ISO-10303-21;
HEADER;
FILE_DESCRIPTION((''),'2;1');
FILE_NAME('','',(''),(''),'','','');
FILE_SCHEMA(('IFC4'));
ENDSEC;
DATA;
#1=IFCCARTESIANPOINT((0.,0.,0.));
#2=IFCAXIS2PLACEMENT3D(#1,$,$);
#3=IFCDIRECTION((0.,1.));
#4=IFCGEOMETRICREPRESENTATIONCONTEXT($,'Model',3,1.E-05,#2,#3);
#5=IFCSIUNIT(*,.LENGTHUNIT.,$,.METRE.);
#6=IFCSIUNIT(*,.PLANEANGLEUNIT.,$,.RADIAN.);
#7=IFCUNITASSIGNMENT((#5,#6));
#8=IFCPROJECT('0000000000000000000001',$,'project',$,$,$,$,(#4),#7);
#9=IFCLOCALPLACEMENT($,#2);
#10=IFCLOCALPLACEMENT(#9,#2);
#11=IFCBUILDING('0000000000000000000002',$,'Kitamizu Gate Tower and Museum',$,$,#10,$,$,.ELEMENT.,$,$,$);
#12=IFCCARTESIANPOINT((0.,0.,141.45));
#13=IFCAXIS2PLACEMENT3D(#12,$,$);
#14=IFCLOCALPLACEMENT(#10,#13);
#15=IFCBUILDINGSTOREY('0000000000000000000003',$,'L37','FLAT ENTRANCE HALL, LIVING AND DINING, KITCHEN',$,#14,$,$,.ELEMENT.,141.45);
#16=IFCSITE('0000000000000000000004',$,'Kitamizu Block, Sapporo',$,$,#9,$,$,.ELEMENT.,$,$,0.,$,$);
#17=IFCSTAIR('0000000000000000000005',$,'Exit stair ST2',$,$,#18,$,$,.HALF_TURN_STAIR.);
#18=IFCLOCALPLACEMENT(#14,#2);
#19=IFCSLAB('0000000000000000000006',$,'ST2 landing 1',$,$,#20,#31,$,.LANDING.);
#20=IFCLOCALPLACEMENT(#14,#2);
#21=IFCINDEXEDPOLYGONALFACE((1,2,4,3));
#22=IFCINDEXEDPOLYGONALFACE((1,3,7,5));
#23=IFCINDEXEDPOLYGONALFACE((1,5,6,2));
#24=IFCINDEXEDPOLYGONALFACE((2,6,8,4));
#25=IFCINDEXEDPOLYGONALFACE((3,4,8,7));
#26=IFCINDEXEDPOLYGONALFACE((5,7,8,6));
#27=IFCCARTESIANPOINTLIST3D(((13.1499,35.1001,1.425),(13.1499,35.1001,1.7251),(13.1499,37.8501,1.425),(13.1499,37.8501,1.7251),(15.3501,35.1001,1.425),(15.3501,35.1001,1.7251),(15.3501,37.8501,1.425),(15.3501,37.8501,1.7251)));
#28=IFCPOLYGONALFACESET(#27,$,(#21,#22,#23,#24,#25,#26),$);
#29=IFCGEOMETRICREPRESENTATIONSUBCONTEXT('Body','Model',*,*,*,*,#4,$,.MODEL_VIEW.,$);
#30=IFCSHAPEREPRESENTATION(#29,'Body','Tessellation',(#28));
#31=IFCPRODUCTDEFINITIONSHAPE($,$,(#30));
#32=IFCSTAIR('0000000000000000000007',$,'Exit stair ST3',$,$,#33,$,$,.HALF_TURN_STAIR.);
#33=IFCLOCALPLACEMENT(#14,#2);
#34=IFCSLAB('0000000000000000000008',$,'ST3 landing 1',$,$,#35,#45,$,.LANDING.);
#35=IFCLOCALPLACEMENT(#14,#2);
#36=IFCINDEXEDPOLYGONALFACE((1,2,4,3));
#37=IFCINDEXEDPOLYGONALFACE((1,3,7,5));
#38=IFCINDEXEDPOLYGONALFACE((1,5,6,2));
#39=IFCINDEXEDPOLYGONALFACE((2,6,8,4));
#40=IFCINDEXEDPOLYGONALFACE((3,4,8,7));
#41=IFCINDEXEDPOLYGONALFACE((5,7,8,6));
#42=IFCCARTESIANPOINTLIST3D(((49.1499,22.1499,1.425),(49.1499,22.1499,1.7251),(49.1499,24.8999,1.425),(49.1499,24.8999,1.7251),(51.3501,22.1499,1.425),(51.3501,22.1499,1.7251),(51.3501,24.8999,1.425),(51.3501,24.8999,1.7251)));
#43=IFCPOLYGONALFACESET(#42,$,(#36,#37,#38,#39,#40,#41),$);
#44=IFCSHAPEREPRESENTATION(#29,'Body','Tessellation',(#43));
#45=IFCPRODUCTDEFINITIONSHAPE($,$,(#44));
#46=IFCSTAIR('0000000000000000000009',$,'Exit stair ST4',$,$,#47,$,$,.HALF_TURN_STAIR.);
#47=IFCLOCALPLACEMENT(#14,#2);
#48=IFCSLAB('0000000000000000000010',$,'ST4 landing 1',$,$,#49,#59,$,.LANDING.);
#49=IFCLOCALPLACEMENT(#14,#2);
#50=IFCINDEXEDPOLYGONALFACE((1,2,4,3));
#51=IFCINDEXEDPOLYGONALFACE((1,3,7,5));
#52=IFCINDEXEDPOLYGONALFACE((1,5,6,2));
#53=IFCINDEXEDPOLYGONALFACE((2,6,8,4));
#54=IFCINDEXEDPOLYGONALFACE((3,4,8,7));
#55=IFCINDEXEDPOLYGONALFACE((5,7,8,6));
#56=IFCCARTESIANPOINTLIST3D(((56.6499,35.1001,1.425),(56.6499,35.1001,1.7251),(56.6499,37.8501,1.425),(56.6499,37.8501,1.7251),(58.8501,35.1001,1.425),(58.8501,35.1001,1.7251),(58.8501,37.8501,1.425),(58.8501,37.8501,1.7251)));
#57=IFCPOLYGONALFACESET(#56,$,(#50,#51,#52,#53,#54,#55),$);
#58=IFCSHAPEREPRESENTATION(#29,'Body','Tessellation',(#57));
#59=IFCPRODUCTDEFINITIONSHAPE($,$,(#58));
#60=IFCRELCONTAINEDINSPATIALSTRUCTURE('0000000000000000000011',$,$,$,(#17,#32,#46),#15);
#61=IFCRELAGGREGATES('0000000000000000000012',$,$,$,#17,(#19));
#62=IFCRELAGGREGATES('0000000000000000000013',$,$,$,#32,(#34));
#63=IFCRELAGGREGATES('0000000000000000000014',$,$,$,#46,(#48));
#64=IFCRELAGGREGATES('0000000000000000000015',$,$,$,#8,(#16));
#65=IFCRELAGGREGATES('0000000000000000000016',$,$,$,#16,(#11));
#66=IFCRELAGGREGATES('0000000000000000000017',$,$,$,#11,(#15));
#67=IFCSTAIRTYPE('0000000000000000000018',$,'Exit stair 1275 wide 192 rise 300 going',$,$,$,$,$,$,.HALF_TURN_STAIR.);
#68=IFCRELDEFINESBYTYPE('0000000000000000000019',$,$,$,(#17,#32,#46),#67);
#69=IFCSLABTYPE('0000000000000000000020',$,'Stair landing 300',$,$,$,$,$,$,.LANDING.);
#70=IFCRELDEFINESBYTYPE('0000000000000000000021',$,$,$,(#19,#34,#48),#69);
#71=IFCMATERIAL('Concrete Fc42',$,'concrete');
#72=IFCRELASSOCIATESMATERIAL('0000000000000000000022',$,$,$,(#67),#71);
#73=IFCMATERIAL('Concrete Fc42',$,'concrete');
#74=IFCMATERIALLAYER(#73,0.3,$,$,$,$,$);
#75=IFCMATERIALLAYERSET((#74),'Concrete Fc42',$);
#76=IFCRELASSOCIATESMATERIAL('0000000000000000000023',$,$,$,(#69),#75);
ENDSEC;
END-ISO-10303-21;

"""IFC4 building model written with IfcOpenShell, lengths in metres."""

from ifc_helpers import new_model, si_unit, direction, frame, origin, place, context, subcontext, project, spatial, polyline, outline, extrude, material, layer, layer_set, type_object, element, aggregate, save


model = new_model("IFC4")

# Units and contexts
model_context = context("Model", 3, precision=1e-05, world=origin(), true_north=direction((0.0, 1.0)))
body_context = subcontext(model_context, "Body", "Model", "MODEL_VIEW")
ifc_project = project(units=[si_unit("LENGTHUNIT", "METRE"), si_unit("PLANEANGLEUNIT", "RADIAN")], contexts=[model_context])

# Site, building, storey
site_placement = place(None, origin())
site = spatial("IfcSite", under=ifc_project, at=site_placement, Name="Kitamizu Block, Sapporo", CompositionType="ELEMENT", RefElevation=0.0)
building_placement = place(site_placement, origin())
building = spatial("IfcBuilding", under=site, at=building_placement, Name="Kitamizu Gate Tower and Museum", CompositionType="ELEMENT")
storey_placement = place(building_placement, frame((0.0, 0.0, 141.45)))
storey = spatial("IfcBuildingStorey", under=building, at=storey_placement, Name="L37", Description="FLAT ENTRANCE HALL, LIVING AND DINING, KITCHEN", CompositionType="ELEMENT", Elevation=141.45)

# Stairs, slabs
ifc_material_1 = material(Name="Concrete Fc42", Category="concrete")
stair_type = type_object("IfcStairType", Name="Exit stair 1275 wide 192 rise 300 going", PredefinedType="HALF_TURN_STAIR", material=ifc_material_1)
ifc_material_2 = material(Name="Concrete Fc42", Category="concrete")
ifc_layer_1 = layer(ifc_material_2, 0.3)
ifc_layer_set_1 = layer_set([ifc_layer_1], Name="Concrete Fc42")
slab_type_1 = type_object("IfcSlabType", Name="Stair landing 300", PredefinedType="LANDING", material=ifc_layer_set_1)
stair_1_placement = place(storey_placement, origin())
stair_1 = element("IfcStair", 1, at=stair_1_placement, inside=storey, type_object=stair_type, Name="Exit stair ST2", PredefinedType="HALF_TURN_STAIR")
slab_1_placement = place(storey_placement, frame((0.0, 0.0, 1.425)))
slab_1 = element("IfcSlab", 2, at=slab_1_placement, type_object=slab_type_1, Name="ST2 landing 1", PredefinedType="LANDING", context=body_context, shape_type="SweptSolid", body=[
    extrude(outline(polyline([(13.1499, 35.1001), (15.3501, 35.1001), (15.3501, 37.8501), (13.1499, 37.8501), (13.1499, 35.1001)])), origin(), (0.0, 0.0, 1.0), 0.3),
])
aggregate(stair_1, [slab_1])
stair_2_placement = place(storey_placement, origin())
stair_2 = element("IfcStair", 3, at=stair_2_placement, inside=storey, type_object=stair_type, Name="Exit stair ST3", PredefinedType="HALF_TURN_STAIR")
slab_2_placement = place(storey_placement, frame((0.0, 0.0, 1.425)))
slab_2 = element("IfcSlab", 4, at=slab_2_placement, type_object=slab_type_1, Name="ST3 landing 1", PredefinedType="LANDING", context=body_context, shape_type="SweptSolid", body=[
    extrude(outline(polyline([(49.1499, 22.1499), (51.3501, 22.1499), (51.3501, 24.8999), (49.1499, 24.8999), (49.1499, 22.1499)])), origin(), (0.0, 0.0, 1.0), 0.3),
])
aggregate(stair_2, [slab_2])
stair_3_placement = place(storey_placement, origin())
stair_3 = element("IfcStair", 5, at=stair_3_placement, inside=storey, type_object=stair_type, Name="Exit stair ST4", PredefinedType="HALF_TURN_STAIR")
slab_3_placement = place(storey_placement, frame((0.0, 0.0, 1.425)))
slab_3 = element("IfcSlab", 6, at=slab_3_placement, type_object=slab_type_1, Name="ST4 landing 1", PredefinedType="LANDING", context=body_context, shape_type="SweptSolid", body=[
    extrude(outline(polyline([(56.6499, 35.1001), (58.8501, 35.1001), (58.8501, 37.8501), (56.6499, 37.8501), (56.6499, 35.1001)])), origin(), (0.0, 0.0, 1.0), 0.3),
])
aggregate(stair_3, [slab_3])

save(model, "model.ifc")
